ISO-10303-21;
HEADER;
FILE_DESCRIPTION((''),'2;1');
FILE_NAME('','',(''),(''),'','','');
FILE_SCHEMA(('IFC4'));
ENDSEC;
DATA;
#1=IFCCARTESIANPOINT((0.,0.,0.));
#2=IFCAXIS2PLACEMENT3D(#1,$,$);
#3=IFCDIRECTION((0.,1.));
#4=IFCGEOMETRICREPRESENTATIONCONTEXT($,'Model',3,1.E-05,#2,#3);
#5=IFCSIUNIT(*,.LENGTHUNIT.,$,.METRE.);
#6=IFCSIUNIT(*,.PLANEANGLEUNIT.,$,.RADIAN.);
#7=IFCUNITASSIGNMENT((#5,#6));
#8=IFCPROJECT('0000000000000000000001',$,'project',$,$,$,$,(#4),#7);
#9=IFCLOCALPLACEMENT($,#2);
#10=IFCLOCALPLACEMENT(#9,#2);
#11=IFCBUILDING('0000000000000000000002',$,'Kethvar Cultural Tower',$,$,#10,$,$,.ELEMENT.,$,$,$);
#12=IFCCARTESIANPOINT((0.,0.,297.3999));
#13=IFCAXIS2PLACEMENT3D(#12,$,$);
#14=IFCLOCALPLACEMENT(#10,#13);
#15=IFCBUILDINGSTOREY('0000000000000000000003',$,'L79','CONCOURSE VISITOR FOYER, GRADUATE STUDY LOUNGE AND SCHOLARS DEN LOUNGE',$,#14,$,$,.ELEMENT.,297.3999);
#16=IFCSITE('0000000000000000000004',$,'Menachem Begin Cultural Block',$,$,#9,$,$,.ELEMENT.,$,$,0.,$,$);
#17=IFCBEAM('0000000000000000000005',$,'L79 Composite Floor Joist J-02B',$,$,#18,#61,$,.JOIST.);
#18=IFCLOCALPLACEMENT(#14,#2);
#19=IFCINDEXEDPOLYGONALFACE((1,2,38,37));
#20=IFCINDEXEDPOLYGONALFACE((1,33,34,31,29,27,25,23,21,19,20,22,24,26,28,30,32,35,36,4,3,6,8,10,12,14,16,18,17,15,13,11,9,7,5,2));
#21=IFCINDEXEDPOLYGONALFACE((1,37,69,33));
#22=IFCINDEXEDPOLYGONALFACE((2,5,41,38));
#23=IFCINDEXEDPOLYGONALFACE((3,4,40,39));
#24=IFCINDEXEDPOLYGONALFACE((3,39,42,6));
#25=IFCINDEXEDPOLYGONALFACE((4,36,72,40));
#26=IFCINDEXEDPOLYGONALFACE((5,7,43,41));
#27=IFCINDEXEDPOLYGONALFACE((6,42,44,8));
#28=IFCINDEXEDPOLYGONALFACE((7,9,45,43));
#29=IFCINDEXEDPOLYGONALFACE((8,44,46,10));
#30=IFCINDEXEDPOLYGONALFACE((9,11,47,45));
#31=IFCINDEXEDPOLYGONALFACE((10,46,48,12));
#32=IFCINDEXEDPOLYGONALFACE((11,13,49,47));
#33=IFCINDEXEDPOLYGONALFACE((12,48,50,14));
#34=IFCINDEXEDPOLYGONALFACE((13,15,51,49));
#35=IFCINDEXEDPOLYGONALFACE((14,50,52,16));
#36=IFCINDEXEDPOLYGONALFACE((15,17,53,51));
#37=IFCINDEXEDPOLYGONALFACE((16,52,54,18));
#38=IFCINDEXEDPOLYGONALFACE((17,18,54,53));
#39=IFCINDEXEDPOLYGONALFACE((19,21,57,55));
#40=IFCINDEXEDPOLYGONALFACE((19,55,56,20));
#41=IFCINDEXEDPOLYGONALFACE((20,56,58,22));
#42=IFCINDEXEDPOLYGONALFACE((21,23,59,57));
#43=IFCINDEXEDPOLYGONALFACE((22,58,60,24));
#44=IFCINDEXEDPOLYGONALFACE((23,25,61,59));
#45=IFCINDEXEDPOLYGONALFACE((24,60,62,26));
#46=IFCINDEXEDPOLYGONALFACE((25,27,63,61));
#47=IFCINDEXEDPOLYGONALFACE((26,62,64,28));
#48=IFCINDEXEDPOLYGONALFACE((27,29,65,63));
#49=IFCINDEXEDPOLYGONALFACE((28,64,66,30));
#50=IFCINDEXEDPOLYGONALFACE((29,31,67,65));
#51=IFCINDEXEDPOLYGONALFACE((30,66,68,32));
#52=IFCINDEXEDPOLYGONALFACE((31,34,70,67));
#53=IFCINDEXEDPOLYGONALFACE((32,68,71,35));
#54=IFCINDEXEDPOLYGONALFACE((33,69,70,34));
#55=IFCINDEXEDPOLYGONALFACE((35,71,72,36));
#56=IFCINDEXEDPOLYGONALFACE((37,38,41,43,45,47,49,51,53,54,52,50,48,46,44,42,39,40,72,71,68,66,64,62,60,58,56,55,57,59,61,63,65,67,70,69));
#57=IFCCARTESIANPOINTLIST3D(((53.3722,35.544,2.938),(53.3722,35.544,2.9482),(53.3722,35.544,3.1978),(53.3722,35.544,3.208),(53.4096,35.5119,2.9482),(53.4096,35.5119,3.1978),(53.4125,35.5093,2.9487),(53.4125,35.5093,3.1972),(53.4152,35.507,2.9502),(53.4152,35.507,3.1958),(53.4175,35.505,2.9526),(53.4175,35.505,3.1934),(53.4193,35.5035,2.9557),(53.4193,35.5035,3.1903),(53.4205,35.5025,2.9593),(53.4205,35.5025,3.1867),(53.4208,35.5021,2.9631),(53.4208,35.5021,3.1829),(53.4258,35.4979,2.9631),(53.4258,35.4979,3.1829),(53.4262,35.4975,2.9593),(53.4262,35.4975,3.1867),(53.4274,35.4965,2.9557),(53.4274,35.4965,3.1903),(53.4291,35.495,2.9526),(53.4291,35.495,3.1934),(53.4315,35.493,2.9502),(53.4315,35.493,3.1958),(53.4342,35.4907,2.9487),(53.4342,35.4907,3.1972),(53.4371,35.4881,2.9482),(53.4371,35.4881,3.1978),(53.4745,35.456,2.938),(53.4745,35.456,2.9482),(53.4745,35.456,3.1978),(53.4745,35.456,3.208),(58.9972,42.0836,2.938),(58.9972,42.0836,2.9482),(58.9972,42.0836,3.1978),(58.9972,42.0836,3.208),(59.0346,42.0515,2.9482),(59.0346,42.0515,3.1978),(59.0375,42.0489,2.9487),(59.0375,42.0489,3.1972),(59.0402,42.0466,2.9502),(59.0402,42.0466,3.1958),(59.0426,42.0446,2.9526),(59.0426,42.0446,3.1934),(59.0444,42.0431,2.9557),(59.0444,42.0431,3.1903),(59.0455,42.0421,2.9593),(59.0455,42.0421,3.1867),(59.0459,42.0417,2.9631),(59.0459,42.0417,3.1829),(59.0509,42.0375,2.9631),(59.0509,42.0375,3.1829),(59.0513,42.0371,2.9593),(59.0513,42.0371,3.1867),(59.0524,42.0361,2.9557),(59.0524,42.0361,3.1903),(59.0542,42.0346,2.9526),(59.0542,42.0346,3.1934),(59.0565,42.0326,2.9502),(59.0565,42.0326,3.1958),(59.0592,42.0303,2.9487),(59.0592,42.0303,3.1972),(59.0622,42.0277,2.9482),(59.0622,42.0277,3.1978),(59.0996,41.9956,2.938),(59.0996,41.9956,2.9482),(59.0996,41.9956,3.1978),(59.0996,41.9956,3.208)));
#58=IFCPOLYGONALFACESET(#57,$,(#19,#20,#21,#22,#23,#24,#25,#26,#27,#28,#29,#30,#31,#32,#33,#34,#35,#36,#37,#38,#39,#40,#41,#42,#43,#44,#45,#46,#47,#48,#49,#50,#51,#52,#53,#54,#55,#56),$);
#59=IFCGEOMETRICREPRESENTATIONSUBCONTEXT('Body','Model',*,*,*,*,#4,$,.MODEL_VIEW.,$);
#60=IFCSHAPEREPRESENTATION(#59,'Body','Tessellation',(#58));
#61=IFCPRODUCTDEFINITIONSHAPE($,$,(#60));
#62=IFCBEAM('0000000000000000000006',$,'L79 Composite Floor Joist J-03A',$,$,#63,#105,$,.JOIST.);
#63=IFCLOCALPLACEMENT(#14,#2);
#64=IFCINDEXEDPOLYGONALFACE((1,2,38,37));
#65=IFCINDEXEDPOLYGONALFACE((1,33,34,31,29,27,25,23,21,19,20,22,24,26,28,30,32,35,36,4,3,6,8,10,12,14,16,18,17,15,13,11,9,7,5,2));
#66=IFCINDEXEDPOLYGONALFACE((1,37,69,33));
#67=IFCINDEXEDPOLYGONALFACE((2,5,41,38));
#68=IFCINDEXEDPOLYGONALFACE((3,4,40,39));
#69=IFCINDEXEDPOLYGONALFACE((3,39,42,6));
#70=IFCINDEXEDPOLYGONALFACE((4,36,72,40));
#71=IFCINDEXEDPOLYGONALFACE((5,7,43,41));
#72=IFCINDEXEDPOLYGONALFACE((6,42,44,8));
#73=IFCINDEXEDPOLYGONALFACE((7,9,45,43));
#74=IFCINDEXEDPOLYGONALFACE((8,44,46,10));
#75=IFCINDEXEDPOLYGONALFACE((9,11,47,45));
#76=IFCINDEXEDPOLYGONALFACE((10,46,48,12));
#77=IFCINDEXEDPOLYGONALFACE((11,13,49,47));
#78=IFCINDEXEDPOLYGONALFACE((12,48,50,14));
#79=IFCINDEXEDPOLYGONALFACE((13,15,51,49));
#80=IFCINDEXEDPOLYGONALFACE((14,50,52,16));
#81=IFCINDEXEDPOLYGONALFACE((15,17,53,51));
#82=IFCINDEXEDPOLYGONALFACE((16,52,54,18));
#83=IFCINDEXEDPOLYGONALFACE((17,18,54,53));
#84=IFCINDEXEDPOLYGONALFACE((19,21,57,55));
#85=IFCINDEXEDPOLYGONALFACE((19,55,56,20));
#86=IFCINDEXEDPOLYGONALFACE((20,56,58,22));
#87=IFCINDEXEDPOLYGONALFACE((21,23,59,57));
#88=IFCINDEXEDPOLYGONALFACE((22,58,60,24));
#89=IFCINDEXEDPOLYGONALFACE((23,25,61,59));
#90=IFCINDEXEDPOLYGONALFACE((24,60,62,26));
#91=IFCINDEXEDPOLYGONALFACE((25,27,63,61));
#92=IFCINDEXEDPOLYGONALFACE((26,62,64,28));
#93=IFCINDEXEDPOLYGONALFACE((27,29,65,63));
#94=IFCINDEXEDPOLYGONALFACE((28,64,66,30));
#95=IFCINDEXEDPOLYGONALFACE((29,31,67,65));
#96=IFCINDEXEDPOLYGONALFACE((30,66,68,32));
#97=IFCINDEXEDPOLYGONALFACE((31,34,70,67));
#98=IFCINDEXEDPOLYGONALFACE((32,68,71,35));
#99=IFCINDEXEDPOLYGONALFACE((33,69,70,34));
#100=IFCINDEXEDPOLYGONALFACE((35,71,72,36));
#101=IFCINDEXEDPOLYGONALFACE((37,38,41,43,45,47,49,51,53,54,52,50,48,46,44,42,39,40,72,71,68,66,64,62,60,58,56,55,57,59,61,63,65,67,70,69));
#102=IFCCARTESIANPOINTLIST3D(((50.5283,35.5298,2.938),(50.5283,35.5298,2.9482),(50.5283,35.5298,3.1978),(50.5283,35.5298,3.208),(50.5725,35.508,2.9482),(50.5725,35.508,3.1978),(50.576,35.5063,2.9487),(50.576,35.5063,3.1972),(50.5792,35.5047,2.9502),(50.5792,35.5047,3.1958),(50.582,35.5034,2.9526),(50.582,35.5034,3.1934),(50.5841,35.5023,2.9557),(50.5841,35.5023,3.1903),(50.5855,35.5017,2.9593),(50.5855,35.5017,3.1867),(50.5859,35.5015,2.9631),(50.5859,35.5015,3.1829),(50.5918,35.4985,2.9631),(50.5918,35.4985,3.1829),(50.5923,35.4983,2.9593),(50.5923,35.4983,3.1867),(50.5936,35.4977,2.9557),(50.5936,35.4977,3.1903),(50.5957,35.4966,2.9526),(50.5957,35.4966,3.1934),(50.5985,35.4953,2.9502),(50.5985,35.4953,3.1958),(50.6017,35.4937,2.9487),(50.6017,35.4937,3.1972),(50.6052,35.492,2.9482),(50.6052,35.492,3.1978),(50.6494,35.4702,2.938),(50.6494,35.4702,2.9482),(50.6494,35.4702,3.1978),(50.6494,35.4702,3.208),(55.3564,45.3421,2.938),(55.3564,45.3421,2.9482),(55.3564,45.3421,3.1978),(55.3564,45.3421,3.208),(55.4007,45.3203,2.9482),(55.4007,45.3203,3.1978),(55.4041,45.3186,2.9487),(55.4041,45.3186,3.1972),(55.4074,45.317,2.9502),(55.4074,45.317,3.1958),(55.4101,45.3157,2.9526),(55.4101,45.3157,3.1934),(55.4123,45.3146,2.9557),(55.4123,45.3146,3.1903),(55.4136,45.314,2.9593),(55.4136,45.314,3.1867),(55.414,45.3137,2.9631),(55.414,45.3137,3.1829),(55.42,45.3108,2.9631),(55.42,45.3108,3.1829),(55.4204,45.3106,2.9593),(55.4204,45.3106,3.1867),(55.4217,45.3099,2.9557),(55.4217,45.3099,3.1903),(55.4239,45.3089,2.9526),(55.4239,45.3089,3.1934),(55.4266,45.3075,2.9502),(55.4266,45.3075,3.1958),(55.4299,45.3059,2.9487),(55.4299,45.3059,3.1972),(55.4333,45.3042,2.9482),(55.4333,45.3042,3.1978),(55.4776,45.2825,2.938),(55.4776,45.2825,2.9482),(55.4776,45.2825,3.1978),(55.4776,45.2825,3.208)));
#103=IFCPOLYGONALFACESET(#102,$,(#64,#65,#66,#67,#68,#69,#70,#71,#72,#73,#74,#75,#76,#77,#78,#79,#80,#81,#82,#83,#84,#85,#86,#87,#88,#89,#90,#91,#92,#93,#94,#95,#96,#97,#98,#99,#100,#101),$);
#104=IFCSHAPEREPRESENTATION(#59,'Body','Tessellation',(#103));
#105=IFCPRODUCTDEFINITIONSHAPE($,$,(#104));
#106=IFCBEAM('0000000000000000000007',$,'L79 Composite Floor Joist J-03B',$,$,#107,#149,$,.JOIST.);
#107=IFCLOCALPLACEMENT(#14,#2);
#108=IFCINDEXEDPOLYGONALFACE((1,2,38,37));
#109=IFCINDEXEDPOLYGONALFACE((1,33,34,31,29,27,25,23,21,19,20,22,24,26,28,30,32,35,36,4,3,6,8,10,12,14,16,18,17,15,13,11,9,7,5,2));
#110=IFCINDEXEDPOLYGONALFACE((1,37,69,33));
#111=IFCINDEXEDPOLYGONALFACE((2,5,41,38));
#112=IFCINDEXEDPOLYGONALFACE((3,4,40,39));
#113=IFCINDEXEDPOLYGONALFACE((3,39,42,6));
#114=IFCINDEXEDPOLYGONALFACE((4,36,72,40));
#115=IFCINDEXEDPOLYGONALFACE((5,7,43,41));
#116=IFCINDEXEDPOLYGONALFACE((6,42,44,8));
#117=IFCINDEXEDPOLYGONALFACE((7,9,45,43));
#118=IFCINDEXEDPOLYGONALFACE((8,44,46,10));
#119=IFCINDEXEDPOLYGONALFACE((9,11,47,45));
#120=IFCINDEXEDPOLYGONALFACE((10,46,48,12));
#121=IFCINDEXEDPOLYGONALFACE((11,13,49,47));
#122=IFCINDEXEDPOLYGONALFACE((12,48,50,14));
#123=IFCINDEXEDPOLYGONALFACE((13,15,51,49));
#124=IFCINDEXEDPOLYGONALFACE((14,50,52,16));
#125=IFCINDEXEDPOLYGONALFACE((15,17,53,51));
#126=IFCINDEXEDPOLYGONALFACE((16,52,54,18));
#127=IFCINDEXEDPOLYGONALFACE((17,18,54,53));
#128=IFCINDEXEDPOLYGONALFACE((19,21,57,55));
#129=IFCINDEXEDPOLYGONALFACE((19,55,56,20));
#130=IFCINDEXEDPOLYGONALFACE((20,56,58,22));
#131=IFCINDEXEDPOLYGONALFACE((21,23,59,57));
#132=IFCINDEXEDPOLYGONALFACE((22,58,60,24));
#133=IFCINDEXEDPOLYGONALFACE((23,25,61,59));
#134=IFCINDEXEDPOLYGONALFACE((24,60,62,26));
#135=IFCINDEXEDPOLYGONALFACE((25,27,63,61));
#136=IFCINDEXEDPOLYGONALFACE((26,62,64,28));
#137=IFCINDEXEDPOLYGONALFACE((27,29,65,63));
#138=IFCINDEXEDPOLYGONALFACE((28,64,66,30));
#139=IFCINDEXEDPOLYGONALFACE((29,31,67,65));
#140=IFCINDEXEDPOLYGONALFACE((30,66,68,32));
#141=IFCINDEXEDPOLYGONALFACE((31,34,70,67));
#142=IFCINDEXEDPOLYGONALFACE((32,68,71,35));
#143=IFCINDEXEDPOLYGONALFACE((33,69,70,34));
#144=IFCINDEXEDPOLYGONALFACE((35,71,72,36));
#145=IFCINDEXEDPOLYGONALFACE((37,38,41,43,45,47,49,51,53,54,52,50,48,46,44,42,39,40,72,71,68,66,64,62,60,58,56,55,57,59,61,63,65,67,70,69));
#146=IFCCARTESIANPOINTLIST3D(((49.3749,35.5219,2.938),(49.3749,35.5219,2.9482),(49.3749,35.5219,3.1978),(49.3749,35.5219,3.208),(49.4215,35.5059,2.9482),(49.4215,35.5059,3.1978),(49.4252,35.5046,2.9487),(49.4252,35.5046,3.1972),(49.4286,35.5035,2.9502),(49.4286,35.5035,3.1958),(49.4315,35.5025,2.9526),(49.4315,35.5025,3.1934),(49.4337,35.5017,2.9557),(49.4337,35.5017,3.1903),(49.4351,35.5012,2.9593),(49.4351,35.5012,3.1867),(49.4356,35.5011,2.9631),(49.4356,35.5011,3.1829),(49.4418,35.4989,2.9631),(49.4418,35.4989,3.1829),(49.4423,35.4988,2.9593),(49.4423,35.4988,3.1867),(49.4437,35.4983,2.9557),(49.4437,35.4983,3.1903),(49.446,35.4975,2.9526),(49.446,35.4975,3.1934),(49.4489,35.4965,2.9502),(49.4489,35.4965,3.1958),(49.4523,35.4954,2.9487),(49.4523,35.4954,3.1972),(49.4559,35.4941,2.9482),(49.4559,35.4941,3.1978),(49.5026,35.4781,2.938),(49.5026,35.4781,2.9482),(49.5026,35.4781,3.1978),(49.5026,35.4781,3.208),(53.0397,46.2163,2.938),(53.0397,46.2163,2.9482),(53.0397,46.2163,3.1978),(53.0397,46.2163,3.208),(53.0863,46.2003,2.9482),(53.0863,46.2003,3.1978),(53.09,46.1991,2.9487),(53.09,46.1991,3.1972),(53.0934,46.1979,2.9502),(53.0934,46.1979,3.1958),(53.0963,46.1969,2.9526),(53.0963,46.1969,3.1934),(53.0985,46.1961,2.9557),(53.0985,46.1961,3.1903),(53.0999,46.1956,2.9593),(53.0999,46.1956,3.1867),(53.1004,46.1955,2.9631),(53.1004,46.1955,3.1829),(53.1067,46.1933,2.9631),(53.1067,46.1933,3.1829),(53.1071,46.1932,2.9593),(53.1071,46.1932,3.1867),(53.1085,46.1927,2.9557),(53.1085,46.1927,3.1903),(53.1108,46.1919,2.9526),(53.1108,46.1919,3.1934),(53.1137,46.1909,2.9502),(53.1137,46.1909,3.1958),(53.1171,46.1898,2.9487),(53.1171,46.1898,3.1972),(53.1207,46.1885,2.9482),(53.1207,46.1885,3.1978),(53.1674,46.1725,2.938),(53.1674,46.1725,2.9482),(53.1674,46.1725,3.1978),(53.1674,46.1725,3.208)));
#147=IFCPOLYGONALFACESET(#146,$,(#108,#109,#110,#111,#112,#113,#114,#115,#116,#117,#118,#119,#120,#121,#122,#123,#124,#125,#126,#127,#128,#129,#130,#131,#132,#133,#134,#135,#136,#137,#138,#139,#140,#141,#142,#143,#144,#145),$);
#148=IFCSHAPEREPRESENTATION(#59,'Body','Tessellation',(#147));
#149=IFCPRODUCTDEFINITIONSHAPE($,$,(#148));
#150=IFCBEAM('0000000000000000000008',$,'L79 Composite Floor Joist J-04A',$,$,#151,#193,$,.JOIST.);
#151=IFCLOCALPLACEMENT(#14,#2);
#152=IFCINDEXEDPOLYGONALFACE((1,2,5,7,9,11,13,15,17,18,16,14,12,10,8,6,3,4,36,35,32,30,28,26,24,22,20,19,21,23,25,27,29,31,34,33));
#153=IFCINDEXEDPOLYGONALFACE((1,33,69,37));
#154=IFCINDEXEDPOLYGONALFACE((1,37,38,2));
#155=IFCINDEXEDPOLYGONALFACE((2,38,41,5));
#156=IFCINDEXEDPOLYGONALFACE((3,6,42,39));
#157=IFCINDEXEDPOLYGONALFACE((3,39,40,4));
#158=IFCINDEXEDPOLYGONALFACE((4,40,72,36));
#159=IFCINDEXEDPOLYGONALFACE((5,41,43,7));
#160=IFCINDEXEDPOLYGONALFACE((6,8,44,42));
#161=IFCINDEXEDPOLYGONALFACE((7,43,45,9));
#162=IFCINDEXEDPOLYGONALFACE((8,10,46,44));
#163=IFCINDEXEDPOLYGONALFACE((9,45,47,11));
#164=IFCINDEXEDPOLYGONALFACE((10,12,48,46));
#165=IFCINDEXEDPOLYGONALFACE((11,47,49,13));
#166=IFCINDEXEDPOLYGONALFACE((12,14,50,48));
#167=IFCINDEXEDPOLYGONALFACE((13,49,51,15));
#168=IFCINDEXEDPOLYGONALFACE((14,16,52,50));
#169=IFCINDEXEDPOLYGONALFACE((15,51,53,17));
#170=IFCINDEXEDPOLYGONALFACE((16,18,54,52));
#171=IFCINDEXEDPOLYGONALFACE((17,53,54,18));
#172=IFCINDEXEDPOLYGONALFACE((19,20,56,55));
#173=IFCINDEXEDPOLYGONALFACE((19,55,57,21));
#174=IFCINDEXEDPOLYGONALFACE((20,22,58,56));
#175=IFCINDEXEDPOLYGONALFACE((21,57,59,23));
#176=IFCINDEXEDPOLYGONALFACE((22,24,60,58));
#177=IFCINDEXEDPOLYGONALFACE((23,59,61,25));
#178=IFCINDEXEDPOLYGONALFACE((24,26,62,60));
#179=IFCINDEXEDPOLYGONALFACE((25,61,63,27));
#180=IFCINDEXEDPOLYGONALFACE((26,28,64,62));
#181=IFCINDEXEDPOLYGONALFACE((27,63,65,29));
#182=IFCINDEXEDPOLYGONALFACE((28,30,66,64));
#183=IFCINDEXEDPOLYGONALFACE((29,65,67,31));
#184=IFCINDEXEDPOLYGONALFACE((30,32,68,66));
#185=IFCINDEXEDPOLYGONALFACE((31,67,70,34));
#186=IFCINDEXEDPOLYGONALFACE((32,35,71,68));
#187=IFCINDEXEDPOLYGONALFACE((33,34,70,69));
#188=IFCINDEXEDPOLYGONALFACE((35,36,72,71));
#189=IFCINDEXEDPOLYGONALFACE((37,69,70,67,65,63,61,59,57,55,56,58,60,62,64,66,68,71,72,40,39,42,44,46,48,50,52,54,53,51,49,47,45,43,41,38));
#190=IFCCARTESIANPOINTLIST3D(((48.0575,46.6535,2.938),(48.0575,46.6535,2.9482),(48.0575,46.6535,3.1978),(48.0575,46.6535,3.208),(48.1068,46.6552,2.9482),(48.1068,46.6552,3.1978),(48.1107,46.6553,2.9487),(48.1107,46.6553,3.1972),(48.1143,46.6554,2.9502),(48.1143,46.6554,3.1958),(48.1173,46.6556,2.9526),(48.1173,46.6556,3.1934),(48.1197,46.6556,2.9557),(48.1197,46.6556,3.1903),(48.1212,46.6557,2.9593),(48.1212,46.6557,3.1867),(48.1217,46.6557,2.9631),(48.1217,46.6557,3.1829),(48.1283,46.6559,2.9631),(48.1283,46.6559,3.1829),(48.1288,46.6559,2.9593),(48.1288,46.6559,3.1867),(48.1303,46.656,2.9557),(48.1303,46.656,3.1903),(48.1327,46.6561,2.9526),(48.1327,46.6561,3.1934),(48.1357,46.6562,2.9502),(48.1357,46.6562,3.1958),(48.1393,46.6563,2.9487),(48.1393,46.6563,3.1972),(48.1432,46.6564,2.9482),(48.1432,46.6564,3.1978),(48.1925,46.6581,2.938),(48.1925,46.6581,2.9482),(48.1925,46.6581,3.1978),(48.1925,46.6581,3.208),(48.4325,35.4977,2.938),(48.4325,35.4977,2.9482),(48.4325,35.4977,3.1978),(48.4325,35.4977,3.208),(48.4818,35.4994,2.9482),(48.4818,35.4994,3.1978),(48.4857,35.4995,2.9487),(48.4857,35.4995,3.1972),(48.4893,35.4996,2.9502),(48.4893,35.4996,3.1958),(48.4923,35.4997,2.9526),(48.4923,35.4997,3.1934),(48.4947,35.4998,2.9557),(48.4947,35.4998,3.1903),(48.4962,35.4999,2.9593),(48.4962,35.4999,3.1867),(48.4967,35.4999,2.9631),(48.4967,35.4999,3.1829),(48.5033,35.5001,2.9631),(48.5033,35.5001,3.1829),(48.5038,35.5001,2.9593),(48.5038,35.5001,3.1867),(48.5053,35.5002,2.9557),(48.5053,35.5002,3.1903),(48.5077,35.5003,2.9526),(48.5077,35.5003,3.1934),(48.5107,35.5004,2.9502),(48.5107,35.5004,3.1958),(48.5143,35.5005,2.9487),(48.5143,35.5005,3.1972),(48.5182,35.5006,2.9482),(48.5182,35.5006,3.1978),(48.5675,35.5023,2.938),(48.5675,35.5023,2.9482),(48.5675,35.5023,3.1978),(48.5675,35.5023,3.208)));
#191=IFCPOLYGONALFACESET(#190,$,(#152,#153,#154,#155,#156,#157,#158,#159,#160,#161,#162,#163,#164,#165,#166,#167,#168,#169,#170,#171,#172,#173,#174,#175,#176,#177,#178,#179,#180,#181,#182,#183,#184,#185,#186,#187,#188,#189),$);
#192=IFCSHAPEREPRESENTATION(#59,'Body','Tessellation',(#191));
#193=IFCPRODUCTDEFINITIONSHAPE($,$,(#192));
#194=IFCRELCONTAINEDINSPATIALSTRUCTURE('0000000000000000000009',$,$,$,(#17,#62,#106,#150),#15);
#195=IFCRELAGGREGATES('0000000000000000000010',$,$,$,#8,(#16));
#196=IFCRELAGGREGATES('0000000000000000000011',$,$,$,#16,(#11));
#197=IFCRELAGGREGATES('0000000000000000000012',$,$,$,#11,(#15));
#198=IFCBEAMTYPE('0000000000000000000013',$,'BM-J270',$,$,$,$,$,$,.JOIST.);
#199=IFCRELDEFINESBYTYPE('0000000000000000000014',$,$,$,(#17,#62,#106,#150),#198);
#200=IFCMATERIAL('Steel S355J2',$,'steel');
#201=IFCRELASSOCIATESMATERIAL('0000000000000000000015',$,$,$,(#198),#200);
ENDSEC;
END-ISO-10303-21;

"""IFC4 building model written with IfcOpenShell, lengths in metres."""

from ifc_helpers import new_model, si_unit, direction, frame, origin, origin_2d, place, context, subcontext, project, spatial, i_section, extrude, source, transform, mapped, material, material_profile, profile_set, type_object, element, save


model = new_model("IFC4")

# Units and contexts
model_context = context("Model", 3, precision=1e-05, world=origin(), true_north=direction((0.0, 1.0)))
body_context = subcontext(model_context, "Body", "Model", "MODEL_VIEW")
ifc_project = project(units=[si_unit("LENGTHUNIT", "METRE"), si_unit("PLANEANGLEUNIT", "RADIAN")], contexts=[model_context])

# Site, building, storey
site_placement = place(None, origin())
site = spatial("IfcSite", under=ifc_project, at=site_placement, Name="Menachem Begin Cultural Block", CompositionType="ELEMENT", RefElevation=0.0)
building_placement = place(site_placement, origin())
building = spatial("IfcBuilding", under=site, at=building_placement, Name="Kethvar Cultural Tower", CompositionType="ELEMENT")
storey_placement = place(building_placement, frame((0.0, 0.0, 297.3999)))
storey = spatial("IfcBuildingStorey", under=building, at=storey_placement, Name="L79", Description="CONCOURSE VISITOR FOYER, GRADUATE STUDY LOUNGE AND SCHOLARS DEN LOUNGE", CompositionType="ELEMENT", Elevation=297.3999)

# Beams
ifc_material_1 = material(Name="Steel S355J2", Category="steel")
ifc_material_profile_1 = material_profile(ifc_material_1, i_section(OverallWidth=0.135, OverallDepth=0.27, WebThickness=0.0066, FlangeThickness=0.0103, FilletRadius=0.0149, at=origin_2d()), Name="Steel S355J2 — IPE270")
ifc_profile_set_1 = profile_set([ifc_material_profile_1], Name="Steel S355J2 — IPE270")
beam_type_1 = type_object("IfcBeamType", Name="BM-J270", PredefinedType="JOIST", material=ifc_profile_set_1)
shared_shape_1 = source(origin(), body_context, "Body", "SweptSolid", [
    extrude(i_section(OverallWidth=0.135, OverallDepth=0.27, WebThickness=0.0066, FlangeThickness=0.0103, FilletRadius=0.0149, at=origin_2d()), origin(), (0.0, 0.0, 1.0), 8.626),
])
beam_1_placement = place(storey_placement, frame((53.4233, 35.5, 3.073), z_axis=(0.652105, 0.758129, 0.0), x_axis=(-0.758129, 0.652105, 0.0)))
element("IfcBeam", 1, at=beam_1_placement, inside=storey, type_object=beam_type_1, Name="L79 Composite Floor Joist J-02B", PredefinedType="JOIST", context=body_context, shape_type="MappedRepresentation", body=[
    mapped(shared_shape_1, transform((0.0, 0.0, 0.0), scale=1.0)),
])
shared_shape_2 = source(origin(), body_context, "Body", "SweptSolid", [
    extrude(i_section(OverallWidth=0.135, OverallDepth=0.27, WebThickness=0.0066, FlangeThickness=0.0103, FilletRadius=0.0149, at=origin_2d()), origin(), (0.0, 0.0, 1.0), 10.9358),
])
beam_2_placement = place(storey_placement, frame((50.5889, 35.5, 3.073), z_axis=(0.441498, 0.897262, 0.0), x_axis=(-0.897262, 0.441498, 0.0)))
element("IfcBeam", 2, at=beam_2_placement, inside=storey, type_object=beam_type_1, Name="L79 Composite Floor Joist J-03A", PredefinedType="JOIST", context=body_context, shape_type="MappedRepresentation", body=[
    mapped(shared_shape_2, transform((0.0, 0.0, 0.0), scale=1.0)),
])
shared_shape_3 = source(origin(), body_context, "Body", "SweptSolid", [
    extrude(i_section(OverallWidth=0.135, OverallDepth=0.27, WebThickness=0.0066, FlangeThickness=0.0103, FilletRadius=0.0149, at=origin_2d()), origin(), (0.0, 0.0, 1.0), 11.3049),
])
beam_3_placement = place(storey_placement, frame((49.4387, 35.5, 3.073), z_axis=(0.324179, 0.945996, 0.0), x_axis=(-0.945996, 0.324179, 0.0)))
element("IfcBeam", 3, at=beam_3_placement, inside=storey, type_object=beam_type_1, Name="L79 Composite Floor Joist J-03B", PredefinedType="JOIST", context=body_context, shape_type="MappedRepresentation", body=[
    mapped(shared_shape_3, transform((0.0, 0.0, 0.0), scale=1.0)),
])
shared_shape_4 = source(origin(), body_context, "Body", "SweptSolid", [
    extrude(i_section(OverallWidth=0.135, OverallDepth=0.27, WebThickness=0.0066, FlangeThickness=0.0103, FilletRadius=0.0149, at=origin_2d()), origin(), (0.0, 0.0, 1.0), 11.1621),
])
beam_4_placement = place(storey_placement, frame((48.5, 35.5, 3.073), z_axis=(-0.033596, 0.999435, 0.0), x_axis=(-0.999435, -0.033596, 0.0)))
element("IfcBeam", 4, at=beam_4_placement, inside=storey, type_object=beam_type_1, Name="L79 Composite Floor Joist J-04A", PredefinedType="JOIST", context=body_context, shape_type="MappedRepresentation", body=[
    mapped(shared_shape_4, transform((0.0, 0.0, 0.0), scale=1.0)),
])

save(model, "model.ifc")
